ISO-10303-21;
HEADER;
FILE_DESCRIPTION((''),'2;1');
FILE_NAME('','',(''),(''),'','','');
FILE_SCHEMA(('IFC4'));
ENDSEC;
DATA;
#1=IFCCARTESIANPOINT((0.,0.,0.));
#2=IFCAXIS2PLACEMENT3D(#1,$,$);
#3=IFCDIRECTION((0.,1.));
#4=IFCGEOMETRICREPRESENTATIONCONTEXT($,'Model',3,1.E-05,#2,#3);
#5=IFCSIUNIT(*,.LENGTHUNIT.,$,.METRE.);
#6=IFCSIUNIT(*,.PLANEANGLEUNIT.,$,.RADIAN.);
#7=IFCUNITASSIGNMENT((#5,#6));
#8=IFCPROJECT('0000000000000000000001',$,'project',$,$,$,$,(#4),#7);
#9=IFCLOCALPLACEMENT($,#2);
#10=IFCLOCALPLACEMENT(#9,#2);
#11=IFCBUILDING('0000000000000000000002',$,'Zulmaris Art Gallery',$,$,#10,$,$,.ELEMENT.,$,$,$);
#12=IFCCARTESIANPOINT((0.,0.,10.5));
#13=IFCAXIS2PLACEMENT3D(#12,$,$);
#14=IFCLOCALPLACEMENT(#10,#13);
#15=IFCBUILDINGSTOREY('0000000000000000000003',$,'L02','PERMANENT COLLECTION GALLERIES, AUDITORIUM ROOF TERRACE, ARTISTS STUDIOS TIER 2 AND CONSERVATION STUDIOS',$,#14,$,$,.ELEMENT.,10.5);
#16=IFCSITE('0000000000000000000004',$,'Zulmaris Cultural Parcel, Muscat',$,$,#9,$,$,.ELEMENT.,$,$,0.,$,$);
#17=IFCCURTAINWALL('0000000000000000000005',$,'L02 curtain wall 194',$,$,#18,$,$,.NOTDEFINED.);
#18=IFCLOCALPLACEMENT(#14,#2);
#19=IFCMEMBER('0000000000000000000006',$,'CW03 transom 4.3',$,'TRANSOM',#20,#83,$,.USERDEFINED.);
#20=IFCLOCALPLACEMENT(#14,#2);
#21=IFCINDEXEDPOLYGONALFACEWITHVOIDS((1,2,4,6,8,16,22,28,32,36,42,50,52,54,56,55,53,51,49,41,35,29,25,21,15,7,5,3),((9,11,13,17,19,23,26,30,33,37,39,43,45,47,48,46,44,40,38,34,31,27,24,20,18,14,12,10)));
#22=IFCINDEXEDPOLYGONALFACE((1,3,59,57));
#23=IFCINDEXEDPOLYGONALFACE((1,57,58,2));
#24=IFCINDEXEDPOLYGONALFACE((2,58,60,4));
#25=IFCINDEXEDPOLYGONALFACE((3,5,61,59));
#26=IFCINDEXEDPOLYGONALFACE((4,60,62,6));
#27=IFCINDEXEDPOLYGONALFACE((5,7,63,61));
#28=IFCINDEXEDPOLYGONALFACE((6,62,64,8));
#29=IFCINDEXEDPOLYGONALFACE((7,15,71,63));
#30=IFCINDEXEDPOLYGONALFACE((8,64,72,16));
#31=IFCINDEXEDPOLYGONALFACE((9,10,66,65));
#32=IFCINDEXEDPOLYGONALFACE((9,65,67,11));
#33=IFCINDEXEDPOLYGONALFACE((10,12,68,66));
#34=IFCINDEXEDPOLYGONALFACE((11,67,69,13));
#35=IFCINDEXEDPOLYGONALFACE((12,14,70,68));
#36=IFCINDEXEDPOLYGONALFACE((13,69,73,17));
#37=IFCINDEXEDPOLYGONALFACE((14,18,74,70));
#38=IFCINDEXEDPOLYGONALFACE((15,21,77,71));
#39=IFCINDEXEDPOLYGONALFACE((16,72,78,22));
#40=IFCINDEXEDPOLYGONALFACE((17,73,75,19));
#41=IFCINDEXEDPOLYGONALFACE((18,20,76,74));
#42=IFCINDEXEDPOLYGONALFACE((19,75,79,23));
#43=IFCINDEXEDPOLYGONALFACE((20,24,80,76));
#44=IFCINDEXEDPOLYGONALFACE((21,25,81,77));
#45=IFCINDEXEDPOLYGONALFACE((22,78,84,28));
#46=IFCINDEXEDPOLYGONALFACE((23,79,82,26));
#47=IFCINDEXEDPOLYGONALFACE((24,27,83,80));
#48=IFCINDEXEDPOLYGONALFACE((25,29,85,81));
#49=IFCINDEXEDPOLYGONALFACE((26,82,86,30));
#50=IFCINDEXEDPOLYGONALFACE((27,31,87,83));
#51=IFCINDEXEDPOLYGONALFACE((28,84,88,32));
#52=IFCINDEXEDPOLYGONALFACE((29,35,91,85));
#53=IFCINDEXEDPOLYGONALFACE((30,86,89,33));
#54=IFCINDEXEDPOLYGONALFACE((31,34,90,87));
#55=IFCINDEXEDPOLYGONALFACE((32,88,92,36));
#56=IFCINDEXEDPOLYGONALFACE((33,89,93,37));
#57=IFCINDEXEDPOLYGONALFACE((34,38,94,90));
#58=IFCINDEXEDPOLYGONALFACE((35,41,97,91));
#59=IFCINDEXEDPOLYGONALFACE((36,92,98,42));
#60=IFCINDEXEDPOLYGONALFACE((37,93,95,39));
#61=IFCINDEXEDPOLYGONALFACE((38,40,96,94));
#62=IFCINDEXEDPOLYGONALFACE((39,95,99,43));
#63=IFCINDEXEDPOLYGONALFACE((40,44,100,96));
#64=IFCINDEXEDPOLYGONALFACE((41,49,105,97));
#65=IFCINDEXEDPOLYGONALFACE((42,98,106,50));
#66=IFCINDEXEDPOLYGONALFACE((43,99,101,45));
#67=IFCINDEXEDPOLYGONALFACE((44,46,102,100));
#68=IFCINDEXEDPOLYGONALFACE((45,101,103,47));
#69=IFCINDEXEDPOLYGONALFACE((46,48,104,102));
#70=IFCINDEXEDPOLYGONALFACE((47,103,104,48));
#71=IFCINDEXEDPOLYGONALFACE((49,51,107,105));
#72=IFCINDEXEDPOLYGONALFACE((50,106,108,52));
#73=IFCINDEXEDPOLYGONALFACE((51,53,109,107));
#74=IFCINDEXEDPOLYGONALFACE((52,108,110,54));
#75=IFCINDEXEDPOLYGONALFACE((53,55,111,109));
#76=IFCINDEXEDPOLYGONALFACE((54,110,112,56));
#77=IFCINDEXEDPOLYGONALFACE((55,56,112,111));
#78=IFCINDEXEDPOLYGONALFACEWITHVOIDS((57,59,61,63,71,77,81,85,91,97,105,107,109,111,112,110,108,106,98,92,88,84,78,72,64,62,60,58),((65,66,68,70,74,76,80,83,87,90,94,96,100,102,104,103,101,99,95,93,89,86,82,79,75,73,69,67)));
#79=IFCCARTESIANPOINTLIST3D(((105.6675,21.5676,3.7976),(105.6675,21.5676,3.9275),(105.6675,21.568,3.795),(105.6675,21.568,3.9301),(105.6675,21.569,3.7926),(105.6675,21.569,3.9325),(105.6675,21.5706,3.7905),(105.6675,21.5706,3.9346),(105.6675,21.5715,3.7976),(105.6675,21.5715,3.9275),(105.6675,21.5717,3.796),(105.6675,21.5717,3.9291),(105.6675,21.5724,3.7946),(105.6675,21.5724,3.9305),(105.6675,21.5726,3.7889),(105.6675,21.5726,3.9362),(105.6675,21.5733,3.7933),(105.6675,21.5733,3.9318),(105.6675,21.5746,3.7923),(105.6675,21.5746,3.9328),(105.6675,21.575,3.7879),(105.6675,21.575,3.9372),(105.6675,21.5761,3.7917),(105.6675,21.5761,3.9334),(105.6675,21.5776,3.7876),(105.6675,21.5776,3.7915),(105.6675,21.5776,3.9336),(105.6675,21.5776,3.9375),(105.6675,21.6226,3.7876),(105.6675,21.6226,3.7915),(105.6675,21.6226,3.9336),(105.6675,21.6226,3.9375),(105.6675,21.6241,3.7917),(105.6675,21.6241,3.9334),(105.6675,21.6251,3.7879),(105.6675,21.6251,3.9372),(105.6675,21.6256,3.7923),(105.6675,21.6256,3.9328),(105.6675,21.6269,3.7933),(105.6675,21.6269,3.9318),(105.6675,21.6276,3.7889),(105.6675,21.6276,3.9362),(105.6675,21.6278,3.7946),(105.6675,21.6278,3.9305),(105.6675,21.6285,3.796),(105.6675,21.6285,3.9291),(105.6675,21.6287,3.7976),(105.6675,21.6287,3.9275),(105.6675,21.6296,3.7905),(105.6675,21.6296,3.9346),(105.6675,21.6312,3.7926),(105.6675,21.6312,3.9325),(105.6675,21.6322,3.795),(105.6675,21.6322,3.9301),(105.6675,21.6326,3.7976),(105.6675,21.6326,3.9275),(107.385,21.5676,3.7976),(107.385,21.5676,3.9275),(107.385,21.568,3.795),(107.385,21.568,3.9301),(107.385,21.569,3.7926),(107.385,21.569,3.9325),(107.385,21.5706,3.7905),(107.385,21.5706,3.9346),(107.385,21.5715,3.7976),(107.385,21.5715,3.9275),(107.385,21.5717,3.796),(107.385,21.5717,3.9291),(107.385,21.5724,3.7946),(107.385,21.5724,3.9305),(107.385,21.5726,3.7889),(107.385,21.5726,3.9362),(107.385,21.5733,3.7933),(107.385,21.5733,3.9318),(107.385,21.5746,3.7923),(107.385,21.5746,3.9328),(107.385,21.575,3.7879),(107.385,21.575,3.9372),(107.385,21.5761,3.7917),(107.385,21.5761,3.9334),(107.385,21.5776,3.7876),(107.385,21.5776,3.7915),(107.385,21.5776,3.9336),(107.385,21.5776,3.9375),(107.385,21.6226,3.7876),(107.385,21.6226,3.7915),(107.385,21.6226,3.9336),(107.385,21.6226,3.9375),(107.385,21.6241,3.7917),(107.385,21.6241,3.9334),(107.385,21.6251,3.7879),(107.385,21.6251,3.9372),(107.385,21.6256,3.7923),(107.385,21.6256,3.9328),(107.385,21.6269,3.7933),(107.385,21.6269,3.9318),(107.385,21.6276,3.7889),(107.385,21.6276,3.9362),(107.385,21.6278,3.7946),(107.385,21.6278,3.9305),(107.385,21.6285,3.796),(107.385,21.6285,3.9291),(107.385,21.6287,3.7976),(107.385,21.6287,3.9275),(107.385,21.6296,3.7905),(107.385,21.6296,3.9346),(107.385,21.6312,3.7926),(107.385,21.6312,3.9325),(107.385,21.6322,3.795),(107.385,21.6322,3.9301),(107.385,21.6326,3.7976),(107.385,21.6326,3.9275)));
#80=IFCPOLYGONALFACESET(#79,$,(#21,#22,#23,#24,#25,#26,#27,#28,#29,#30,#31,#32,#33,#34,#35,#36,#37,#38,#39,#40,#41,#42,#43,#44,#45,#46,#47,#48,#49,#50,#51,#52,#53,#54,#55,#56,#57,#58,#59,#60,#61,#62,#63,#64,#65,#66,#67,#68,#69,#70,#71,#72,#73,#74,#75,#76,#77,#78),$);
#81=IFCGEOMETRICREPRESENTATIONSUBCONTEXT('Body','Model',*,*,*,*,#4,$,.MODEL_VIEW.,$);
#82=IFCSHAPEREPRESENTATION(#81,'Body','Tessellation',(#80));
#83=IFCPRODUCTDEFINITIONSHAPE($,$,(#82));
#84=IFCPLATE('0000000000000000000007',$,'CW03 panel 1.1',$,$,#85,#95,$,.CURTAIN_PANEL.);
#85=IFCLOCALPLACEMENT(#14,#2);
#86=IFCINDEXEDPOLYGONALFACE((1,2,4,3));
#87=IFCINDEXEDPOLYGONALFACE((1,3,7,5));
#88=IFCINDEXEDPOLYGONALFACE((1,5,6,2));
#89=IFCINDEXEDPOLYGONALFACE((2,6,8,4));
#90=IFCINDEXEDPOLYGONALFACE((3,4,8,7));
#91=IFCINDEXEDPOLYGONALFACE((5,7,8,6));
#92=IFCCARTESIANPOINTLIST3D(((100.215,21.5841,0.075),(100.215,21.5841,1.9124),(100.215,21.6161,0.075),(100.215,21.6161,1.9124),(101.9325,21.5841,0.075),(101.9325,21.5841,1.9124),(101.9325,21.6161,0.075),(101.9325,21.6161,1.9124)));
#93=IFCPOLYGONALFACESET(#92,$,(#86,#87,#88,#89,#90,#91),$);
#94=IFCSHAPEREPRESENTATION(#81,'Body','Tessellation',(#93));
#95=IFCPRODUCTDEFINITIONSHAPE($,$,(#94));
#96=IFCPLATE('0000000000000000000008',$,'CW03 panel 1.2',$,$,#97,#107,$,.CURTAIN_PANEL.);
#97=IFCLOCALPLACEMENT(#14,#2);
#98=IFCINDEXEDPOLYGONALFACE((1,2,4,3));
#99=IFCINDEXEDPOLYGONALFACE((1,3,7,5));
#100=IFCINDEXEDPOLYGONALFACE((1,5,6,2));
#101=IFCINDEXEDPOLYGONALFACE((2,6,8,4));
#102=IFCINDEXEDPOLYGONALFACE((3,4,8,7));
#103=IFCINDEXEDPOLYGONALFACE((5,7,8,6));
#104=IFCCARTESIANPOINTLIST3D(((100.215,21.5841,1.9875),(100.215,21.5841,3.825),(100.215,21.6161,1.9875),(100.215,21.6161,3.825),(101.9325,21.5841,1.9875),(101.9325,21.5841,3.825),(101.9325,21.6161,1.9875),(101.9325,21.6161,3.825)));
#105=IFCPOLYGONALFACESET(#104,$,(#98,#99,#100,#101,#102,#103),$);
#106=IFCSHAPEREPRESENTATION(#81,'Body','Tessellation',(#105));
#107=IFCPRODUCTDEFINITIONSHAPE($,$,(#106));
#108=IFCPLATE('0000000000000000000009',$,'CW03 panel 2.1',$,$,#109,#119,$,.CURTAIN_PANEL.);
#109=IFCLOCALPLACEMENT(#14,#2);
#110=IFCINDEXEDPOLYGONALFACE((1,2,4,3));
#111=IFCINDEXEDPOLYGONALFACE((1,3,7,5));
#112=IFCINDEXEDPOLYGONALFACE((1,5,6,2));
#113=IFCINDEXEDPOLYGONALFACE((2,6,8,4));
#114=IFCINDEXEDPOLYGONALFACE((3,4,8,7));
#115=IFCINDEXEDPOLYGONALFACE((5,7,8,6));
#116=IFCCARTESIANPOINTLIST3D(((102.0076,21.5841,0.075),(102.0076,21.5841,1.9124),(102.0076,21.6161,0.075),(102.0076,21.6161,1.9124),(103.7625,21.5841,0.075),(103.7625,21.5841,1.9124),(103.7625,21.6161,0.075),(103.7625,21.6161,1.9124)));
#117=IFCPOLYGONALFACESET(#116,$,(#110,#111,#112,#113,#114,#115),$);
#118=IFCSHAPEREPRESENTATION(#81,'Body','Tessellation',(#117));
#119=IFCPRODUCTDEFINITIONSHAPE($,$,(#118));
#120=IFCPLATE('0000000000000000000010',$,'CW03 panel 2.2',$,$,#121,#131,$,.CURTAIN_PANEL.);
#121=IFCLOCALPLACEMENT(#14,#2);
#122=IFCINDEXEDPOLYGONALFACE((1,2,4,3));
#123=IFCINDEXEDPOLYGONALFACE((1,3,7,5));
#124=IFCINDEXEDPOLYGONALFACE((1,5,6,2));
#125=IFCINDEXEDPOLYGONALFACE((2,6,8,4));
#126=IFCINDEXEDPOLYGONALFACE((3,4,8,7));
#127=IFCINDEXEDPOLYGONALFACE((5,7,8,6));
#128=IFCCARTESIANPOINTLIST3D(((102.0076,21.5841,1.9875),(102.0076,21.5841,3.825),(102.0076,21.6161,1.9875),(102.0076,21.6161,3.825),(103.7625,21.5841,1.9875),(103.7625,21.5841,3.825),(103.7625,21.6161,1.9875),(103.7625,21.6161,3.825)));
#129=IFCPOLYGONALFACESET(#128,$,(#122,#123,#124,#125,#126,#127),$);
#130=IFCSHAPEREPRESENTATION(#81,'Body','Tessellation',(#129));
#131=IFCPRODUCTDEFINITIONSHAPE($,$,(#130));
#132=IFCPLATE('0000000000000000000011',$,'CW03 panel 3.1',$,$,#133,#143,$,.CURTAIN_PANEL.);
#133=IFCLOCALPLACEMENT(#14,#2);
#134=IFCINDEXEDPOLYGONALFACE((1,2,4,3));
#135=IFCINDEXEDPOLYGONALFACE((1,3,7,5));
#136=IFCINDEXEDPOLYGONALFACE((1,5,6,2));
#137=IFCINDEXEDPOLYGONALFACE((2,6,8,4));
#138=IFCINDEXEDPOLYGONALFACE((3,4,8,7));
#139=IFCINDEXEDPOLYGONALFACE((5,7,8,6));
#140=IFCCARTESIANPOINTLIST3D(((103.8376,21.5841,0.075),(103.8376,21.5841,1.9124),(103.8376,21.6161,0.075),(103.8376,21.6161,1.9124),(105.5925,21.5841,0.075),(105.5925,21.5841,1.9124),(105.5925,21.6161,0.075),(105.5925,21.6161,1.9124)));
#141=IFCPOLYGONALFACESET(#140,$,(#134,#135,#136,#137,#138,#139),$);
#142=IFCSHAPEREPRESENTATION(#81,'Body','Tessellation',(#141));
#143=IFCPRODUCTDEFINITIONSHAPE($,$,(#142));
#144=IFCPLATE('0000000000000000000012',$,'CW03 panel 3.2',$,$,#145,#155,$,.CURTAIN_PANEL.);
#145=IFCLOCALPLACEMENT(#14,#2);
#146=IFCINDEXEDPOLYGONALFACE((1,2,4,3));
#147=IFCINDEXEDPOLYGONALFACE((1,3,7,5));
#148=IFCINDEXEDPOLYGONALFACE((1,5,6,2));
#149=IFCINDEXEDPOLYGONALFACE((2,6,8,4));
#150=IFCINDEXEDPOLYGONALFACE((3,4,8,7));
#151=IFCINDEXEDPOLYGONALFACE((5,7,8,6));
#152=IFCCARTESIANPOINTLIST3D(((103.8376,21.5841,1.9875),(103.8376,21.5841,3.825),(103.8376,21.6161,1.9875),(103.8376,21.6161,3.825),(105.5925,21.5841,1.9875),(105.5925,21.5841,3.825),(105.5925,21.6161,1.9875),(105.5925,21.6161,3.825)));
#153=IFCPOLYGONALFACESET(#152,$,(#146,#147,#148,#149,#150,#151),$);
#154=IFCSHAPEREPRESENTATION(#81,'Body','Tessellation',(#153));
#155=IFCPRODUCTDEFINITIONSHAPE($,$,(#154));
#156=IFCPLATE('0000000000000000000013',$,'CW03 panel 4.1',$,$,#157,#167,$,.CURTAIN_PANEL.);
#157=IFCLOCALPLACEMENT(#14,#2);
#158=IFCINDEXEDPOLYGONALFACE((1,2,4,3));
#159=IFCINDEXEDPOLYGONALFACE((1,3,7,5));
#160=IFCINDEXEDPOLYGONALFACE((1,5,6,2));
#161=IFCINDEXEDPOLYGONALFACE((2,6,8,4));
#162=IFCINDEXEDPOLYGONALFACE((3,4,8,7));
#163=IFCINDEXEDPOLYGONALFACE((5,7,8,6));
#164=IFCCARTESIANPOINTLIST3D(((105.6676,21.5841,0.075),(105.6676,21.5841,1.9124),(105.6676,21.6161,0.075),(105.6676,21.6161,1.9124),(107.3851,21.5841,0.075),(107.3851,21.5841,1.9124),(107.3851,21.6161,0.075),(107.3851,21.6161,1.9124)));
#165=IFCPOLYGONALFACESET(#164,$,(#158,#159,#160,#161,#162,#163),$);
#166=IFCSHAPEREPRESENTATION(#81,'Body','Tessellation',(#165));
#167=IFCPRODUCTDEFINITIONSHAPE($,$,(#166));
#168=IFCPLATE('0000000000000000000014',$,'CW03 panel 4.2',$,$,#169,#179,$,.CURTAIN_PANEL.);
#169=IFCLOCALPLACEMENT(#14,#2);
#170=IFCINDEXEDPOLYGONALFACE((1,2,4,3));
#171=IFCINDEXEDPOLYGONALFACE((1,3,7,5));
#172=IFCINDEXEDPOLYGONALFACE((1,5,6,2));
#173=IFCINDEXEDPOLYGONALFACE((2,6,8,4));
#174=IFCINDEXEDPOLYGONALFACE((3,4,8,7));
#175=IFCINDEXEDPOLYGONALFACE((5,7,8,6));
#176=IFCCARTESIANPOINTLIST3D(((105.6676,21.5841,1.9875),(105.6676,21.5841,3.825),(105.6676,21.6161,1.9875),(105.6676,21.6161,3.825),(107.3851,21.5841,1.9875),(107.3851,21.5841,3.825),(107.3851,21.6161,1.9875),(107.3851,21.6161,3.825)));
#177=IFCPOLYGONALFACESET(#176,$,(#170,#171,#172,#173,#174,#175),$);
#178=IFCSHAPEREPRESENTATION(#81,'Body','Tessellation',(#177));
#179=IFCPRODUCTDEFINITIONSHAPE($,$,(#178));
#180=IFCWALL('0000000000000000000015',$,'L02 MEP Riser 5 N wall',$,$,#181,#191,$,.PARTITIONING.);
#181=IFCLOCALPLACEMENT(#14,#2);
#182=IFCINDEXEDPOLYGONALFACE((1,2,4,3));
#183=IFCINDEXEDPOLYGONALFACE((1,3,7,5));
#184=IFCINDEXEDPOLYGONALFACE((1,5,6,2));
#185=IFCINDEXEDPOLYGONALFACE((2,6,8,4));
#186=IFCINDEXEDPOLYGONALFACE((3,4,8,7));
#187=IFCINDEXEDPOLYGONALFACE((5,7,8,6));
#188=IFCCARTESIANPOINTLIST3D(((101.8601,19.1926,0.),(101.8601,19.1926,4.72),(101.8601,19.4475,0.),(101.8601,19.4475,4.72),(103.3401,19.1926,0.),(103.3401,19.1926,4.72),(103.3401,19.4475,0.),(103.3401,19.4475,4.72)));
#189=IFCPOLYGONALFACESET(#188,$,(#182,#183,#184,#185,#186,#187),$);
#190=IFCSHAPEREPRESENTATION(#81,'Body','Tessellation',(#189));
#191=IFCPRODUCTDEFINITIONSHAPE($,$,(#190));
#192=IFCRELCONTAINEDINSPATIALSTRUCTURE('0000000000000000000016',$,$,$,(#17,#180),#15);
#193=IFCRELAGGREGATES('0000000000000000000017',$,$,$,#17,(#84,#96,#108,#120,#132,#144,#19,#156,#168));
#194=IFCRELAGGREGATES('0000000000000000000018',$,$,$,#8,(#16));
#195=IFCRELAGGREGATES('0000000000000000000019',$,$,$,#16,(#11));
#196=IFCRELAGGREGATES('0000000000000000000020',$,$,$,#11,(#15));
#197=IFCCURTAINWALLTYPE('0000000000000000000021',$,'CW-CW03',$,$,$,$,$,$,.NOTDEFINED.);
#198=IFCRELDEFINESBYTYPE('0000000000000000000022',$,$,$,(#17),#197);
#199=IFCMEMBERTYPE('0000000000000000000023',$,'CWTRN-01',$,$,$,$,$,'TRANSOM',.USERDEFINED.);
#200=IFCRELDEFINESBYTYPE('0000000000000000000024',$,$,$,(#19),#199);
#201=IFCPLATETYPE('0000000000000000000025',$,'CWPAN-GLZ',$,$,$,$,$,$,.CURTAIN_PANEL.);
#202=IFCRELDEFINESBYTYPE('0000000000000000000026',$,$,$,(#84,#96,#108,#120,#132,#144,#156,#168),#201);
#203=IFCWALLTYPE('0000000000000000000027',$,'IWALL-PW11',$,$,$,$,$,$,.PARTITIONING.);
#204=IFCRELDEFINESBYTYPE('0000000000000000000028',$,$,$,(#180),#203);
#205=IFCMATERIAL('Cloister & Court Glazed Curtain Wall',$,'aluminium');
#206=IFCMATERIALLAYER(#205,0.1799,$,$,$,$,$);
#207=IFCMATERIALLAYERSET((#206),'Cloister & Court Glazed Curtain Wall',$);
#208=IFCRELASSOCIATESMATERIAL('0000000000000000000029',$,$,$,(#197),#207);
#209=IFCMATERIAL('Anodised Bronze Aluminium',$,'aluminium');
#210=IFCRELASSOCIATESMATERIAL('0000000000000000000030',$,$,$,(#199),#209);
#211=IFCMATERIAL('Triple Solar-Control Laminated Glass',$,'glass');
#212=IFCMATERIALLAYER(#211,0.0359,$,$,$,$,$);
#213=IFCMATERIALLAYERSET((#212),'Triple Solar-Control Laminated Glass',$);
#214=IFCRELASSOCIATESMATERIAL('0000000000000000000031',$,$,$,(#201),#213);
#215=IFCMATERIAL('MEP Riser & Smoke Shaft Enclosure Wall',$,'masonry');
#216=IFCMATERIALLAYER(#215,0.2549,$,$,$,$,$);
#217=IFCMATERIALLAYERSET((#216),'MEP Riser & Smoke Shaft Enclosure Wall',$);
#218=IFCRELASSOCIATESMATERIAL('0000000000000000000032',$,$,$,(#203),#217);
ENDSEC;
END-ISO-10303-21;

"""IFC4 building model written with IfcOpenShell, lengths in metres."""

from ifc_helpers import new_model, si_unit, direction, frame, frame_2d, origin, origin_2d, place, context, subcontext, project, spatial, rectangle, hollow_rectangle, extrude, material, layer, layer_set, material_profile, profile_set, type_object, element, aggregate, save


model = new_model("IFC4")

# Units and contexts
model_context = context("Model", 3, precision=1e-05, world=origin(), true_north=direction((0.0, 1.0)))
body_context = subcontext(model_context, "Body", "Model", "MODEL_VIEW")
ifc_project = project(units=[si_unit("LENGTHUNIT", "METRE"), si_unit("PLANEANGLEUNIT", "RADIAN")], contexts=[model_context])

# Site, building, storey
site_placement = place(None, origin())
site = spatial("IfcSite", under=ifc_project, at=site_placement, Name="Zulmaris Cultural Parcel, Muscat", CompositionType="ELEMENT", RefElevation=0.0)
building_placement = place(site_placement, origin())
building = spatial("IfcBuilding", under=site, at=building_placement, Name="Zulmaris Art Gallery", CompositionType="ELEMENT")
storey_placement = place(building_placement, frame((0.0, 0.0, 10.5)))
storey = spatial("IfcBuildingStorey", under=building, at=storey_placement, Name="L02", Description="PERMANENT COLLECTION GALLERIES, AUDITORIUM ROOF TERRACE, ARTISTS STUDIOS TIER 2 AND CONSERVATION STUDIOS", CompositionType="ELEMENT", Elevation=10.5)

# Shared definitions
ifc_material_1 = material(Name="Cloister & Court Glazed Curtain Wall", Category="aluminium")
ifc_layer_1 = layer(ifc_material_1, 0.1799)
ifc_layer_set_1 = layer_set([ifc_layer_1], Name="Cloister & Court Glazed Curtain Wall")
curtain_wall_type = type_object("IfcCurtainWallType", Name="CW-CW03", PredefinedType="NOTDEFINED", material=ifc_layer_set_1)
ifc_material_2 = material(Name="Anodised Bronze Aluminium", Category="aluminium")

# Curtain wall, member, plates
curtain_wall_1_placement = place(storey_placement, origin())
curtain_wall_1 = element("IfcCurtainWall", 1, at=curtain_wall_1_placement, inside=storey, type_object=curtain_wall_type, Name="L02 curtain wall 194", PredefinedType="NOTDEFINED")
ifc_material_profile_1 = material_profile(ifc_material_2, hollow_rectangle(XDim=0.0649, YDim=0.1499, WallThickness=0.0039, InnerFilletRadius=0.0061, OuterFilletRadius=0.01, at=origin_2d()), Name="ALU 65x150x4")
ifc_profile_set_1 = profile_set([ifc_material_profile_1], Name="Anodised Bronze Aluminium")
member_type_1 = type_object("IfcMemberType", Name="CWTRN-01", ElementType="TRANSOM", PredefinedType="USERDEFINED", material=ifc_profile_set_1)
member_1_placement = place(storey_placement, frame((105.6675, 21.6001, 3.8625), z_axis=(1.0, 0.0, 0.0), x_axis=(0.0, 1.0, 0.0)))
member_1 = element("IfcMember", 2, at=member_1_placement, type_object=member_type_1, Name="CW03 transom 4.3", ObjectType="TRANSOM", PredefinedType="USERDEFINED", context=body_context, shape_type="SweptSolid", body=[
    extrude(hollow_rectangle(XDim=0.0649, YDim=0.1499, WallThickness=0.0039, InnerFilletRadius=0.0061, OuterFilletRadius=0.01, at=origin_2d()), origin(), (0.0, 0.0, 1.0), 1.7175),
])
ifc_material_3 = material(Name="Triple Solar-Control Laminated Glass", Category="glass")
ifc_layer_2 = layer(ifc_material_3, 0.0359)
ifc_layer_set_2 = layer_set([ifc_layer_2], Name="Triple Solar-Control Laminated Glass")
plate_type = type_object("IfcPlateType", Name="CWPAN-GLZ", PredefinedType="CURTAIN_PANEL", material=ifc_layer_set_2)
plate_1_placement = place(storey_placement, frame((101.0737, 21.6001, 0.075), z_axis=(0.0, 0.0, 1.0), x_axis=(1.0, 0.0, 0.0)))
plate_1 = element("IfcPlate", 3, at=plate_1_placement, type_object=plate_type, Name="CW03 panel 1.1", PredefinedType="CURTAIN_PANEL", context=body_context, shape_type="SweptSolid", body=[
    extrude(rectangle(XDim=1.7175, YDim=0.032, at=origin_2d()), origin(), (0.0, 0.0, 1.0), 1.8374),
])
plate_2_placement = place(storey_placement, frame((101.0737, 21.6001, 1.9875), z_axis=(0.0, 0.0, 1.0), x_axis=(1.0, 0.0, 0.0)))
plate_2 = element("IfcPlate", 4, at=plate_2_placement, type_object=plate_type, Name="CW03 panel 1.2", PredefinedType="CURTAIN_PANEL", context=body_context, shape_type="SweptSolid", body=[
    extrude(rectangle(XDim=1.7175, YDim=0.032, at=origin_2d()), origin(), (0.0, 0.0, 1.0), 1.8374),
])
plate_3_placement = place(storey_placement, frame((102.885, 21.6001, 0.075), z_axis=(0.0, 0.0, 1.0), x_axis=(1.0, 0.0, 0.0)))
plate_3 = element("IfcPlate", 5, at=plate_3_placement, type_object=plate_type, Name="CW03 panel 2.1", PredefinedType="CURTAIN_PANEL", context=body_context, shape_type="SweptSolid", body=[
    extrude(rectangle(XDim=1.7549, YDim=0.032, at=origin_2d()), origin(), (0.0, 0.0, 1.0), 1.8374),
])
plate_4_placement = place(storey_placement, frame((102.885, 21.6001, 1.9875), z_axis=(0.0, 0.0, 1.0), x_axis=(1.0, 0.0, 0.0)))
plate_4 = element("IfcPlate", 6, at=plate_4_placement, type_object=plate_type, Name="CW03 panel 2.2", PredefinedType="CURTAIN_PANEL", context=body_context, shape_type="SweptSolid", body=[
    extrude(rectangle(XDim=1.7549, YDim=0.032, at=origin_2d()), origin(), (0.0, 0.0, 1.0), 1.8374),
])
plate_5_placement = place(storey_placement, frame((104.7151, 21.6001, 0.075), z_axis=(0.0, 0.0, 1.0), x_axis=(1.0, 0.0, 0.0)))
plate_5 = element("IfcPlate", 7, at=plate_5_placement, type_object=plate_type, Name="CW03 panel 3.1", PredefinedType="CURTAIN_PANEL", context=body_context, shape_type="SweptSolid", body=[
    extrude(rectangle(XDim=1.7549, YDim=0.032, at=origin_2d()), origin(), (0.0, 0.0, 1.0), 1.8374),
])
plate_6_placement = place(storey_placement, frame((104.7151, 21.6001, 1.9875), z_axis=(0.0, 0.0, 1.0), x_axis=(1.0, 0.0, 0.0)))
plate_6 = element("IfcPlate", 8, at=plate_6_placement, type_object=plate_type, Name="CW03 panel 3.2", PredefinedType="CURTAIN_PANEL", context=body_context, shape_type="SweptSolid", body=[
    extrude(rectangle(XDim=1.7549, YDim=0.032, at=origin_2d()), origin(), (0.0, 0.0, 1.0), 1.8374),
])
plate_7_placement = place(storey_placement, frame((106.5264, 21.6001, 0.075), z_axis=(0.0, 0.0, 1.0), x_axis=(1.0, 0.0, 0.0)))
plate_7 = element("IfcPlate", 9, at=plate_7_placement, type_object=plate_type, Name="CW03 panel 4.1", PredefinedType="CURTAIN_PANEL", context=body_context, shape_type="SweptSolid", body=[
    extrude(rectangle(XDim=1.7175, YDim=0.032, at=origin_2d()), origin(), (0.0, 0.0, 1.0), 1.8374),
])
plate_8_placement = place(storey_placement, frame((106.5264, 21.6001, 1.9875), z_axis=(0.0, 0.0, 1.0), x_axis=(1.0, 0.0, 0.0)))
plate_8 = element("IfcPlate", 10, at=plate_8_placement, type_object=plate_type, Name="CW03 panel 4.2", PredefinedType="CURTAIN_PANEL", context=body_context, shape_type="SweptSolid", body=[
    extrude(rectangle(XDim=1.7175, YDim=0.032, at=origin_2d()), origin(), (0.0, 0.0, 1.0), 1.8374),
])
aggregate(curtain_wall_1, [plate_1, plate_2, plate_3, plate_4, plate_5, plate_6, member_1, plate_7, plate_8])

# Wall
ifc_material_4 = material(Name="MEP Riser & Smoke Shaft Enclosure Wall", Category="masonry")
ifc_layer_3 = layer(ifc_material_4, 0.2549)
ifc_layer_set_3 = layer_set([ifc_layer_3], Name="MEP Riser & Smoke Shaft Enclosure Wall")
wall_type = type_object("IfcWallType", Name="IWALL-PW11", PredefinedType="PARTITIONING", material=ifc_layer_set_3)
for number, where, z_axis, x_axis, name in (
    (11, (101.8601, 19.3201, 0.0), (0.0, 0.0, 1.0), (1.0, 0.0, 0.0), "L02 MEP Riser 5 N wall"),
):
    element("IfcWall", number, at=place(storey_placement, frame(where, z_axis=z_axis, x_axis=x_axis)), inside=storey, type_object=wall_type, Name=name, PredefinedType="PARTITIONING", context=body_context, shape_type="SweptSolid", body=[
        extrude(rectangle(XDim=1.48, YDim=0.2549, at=frame_2d((0.74, 0.0))), origin(), (0.0, 0.0, 1.0), 4.72),
    ])

save(model, "model.ifc")
